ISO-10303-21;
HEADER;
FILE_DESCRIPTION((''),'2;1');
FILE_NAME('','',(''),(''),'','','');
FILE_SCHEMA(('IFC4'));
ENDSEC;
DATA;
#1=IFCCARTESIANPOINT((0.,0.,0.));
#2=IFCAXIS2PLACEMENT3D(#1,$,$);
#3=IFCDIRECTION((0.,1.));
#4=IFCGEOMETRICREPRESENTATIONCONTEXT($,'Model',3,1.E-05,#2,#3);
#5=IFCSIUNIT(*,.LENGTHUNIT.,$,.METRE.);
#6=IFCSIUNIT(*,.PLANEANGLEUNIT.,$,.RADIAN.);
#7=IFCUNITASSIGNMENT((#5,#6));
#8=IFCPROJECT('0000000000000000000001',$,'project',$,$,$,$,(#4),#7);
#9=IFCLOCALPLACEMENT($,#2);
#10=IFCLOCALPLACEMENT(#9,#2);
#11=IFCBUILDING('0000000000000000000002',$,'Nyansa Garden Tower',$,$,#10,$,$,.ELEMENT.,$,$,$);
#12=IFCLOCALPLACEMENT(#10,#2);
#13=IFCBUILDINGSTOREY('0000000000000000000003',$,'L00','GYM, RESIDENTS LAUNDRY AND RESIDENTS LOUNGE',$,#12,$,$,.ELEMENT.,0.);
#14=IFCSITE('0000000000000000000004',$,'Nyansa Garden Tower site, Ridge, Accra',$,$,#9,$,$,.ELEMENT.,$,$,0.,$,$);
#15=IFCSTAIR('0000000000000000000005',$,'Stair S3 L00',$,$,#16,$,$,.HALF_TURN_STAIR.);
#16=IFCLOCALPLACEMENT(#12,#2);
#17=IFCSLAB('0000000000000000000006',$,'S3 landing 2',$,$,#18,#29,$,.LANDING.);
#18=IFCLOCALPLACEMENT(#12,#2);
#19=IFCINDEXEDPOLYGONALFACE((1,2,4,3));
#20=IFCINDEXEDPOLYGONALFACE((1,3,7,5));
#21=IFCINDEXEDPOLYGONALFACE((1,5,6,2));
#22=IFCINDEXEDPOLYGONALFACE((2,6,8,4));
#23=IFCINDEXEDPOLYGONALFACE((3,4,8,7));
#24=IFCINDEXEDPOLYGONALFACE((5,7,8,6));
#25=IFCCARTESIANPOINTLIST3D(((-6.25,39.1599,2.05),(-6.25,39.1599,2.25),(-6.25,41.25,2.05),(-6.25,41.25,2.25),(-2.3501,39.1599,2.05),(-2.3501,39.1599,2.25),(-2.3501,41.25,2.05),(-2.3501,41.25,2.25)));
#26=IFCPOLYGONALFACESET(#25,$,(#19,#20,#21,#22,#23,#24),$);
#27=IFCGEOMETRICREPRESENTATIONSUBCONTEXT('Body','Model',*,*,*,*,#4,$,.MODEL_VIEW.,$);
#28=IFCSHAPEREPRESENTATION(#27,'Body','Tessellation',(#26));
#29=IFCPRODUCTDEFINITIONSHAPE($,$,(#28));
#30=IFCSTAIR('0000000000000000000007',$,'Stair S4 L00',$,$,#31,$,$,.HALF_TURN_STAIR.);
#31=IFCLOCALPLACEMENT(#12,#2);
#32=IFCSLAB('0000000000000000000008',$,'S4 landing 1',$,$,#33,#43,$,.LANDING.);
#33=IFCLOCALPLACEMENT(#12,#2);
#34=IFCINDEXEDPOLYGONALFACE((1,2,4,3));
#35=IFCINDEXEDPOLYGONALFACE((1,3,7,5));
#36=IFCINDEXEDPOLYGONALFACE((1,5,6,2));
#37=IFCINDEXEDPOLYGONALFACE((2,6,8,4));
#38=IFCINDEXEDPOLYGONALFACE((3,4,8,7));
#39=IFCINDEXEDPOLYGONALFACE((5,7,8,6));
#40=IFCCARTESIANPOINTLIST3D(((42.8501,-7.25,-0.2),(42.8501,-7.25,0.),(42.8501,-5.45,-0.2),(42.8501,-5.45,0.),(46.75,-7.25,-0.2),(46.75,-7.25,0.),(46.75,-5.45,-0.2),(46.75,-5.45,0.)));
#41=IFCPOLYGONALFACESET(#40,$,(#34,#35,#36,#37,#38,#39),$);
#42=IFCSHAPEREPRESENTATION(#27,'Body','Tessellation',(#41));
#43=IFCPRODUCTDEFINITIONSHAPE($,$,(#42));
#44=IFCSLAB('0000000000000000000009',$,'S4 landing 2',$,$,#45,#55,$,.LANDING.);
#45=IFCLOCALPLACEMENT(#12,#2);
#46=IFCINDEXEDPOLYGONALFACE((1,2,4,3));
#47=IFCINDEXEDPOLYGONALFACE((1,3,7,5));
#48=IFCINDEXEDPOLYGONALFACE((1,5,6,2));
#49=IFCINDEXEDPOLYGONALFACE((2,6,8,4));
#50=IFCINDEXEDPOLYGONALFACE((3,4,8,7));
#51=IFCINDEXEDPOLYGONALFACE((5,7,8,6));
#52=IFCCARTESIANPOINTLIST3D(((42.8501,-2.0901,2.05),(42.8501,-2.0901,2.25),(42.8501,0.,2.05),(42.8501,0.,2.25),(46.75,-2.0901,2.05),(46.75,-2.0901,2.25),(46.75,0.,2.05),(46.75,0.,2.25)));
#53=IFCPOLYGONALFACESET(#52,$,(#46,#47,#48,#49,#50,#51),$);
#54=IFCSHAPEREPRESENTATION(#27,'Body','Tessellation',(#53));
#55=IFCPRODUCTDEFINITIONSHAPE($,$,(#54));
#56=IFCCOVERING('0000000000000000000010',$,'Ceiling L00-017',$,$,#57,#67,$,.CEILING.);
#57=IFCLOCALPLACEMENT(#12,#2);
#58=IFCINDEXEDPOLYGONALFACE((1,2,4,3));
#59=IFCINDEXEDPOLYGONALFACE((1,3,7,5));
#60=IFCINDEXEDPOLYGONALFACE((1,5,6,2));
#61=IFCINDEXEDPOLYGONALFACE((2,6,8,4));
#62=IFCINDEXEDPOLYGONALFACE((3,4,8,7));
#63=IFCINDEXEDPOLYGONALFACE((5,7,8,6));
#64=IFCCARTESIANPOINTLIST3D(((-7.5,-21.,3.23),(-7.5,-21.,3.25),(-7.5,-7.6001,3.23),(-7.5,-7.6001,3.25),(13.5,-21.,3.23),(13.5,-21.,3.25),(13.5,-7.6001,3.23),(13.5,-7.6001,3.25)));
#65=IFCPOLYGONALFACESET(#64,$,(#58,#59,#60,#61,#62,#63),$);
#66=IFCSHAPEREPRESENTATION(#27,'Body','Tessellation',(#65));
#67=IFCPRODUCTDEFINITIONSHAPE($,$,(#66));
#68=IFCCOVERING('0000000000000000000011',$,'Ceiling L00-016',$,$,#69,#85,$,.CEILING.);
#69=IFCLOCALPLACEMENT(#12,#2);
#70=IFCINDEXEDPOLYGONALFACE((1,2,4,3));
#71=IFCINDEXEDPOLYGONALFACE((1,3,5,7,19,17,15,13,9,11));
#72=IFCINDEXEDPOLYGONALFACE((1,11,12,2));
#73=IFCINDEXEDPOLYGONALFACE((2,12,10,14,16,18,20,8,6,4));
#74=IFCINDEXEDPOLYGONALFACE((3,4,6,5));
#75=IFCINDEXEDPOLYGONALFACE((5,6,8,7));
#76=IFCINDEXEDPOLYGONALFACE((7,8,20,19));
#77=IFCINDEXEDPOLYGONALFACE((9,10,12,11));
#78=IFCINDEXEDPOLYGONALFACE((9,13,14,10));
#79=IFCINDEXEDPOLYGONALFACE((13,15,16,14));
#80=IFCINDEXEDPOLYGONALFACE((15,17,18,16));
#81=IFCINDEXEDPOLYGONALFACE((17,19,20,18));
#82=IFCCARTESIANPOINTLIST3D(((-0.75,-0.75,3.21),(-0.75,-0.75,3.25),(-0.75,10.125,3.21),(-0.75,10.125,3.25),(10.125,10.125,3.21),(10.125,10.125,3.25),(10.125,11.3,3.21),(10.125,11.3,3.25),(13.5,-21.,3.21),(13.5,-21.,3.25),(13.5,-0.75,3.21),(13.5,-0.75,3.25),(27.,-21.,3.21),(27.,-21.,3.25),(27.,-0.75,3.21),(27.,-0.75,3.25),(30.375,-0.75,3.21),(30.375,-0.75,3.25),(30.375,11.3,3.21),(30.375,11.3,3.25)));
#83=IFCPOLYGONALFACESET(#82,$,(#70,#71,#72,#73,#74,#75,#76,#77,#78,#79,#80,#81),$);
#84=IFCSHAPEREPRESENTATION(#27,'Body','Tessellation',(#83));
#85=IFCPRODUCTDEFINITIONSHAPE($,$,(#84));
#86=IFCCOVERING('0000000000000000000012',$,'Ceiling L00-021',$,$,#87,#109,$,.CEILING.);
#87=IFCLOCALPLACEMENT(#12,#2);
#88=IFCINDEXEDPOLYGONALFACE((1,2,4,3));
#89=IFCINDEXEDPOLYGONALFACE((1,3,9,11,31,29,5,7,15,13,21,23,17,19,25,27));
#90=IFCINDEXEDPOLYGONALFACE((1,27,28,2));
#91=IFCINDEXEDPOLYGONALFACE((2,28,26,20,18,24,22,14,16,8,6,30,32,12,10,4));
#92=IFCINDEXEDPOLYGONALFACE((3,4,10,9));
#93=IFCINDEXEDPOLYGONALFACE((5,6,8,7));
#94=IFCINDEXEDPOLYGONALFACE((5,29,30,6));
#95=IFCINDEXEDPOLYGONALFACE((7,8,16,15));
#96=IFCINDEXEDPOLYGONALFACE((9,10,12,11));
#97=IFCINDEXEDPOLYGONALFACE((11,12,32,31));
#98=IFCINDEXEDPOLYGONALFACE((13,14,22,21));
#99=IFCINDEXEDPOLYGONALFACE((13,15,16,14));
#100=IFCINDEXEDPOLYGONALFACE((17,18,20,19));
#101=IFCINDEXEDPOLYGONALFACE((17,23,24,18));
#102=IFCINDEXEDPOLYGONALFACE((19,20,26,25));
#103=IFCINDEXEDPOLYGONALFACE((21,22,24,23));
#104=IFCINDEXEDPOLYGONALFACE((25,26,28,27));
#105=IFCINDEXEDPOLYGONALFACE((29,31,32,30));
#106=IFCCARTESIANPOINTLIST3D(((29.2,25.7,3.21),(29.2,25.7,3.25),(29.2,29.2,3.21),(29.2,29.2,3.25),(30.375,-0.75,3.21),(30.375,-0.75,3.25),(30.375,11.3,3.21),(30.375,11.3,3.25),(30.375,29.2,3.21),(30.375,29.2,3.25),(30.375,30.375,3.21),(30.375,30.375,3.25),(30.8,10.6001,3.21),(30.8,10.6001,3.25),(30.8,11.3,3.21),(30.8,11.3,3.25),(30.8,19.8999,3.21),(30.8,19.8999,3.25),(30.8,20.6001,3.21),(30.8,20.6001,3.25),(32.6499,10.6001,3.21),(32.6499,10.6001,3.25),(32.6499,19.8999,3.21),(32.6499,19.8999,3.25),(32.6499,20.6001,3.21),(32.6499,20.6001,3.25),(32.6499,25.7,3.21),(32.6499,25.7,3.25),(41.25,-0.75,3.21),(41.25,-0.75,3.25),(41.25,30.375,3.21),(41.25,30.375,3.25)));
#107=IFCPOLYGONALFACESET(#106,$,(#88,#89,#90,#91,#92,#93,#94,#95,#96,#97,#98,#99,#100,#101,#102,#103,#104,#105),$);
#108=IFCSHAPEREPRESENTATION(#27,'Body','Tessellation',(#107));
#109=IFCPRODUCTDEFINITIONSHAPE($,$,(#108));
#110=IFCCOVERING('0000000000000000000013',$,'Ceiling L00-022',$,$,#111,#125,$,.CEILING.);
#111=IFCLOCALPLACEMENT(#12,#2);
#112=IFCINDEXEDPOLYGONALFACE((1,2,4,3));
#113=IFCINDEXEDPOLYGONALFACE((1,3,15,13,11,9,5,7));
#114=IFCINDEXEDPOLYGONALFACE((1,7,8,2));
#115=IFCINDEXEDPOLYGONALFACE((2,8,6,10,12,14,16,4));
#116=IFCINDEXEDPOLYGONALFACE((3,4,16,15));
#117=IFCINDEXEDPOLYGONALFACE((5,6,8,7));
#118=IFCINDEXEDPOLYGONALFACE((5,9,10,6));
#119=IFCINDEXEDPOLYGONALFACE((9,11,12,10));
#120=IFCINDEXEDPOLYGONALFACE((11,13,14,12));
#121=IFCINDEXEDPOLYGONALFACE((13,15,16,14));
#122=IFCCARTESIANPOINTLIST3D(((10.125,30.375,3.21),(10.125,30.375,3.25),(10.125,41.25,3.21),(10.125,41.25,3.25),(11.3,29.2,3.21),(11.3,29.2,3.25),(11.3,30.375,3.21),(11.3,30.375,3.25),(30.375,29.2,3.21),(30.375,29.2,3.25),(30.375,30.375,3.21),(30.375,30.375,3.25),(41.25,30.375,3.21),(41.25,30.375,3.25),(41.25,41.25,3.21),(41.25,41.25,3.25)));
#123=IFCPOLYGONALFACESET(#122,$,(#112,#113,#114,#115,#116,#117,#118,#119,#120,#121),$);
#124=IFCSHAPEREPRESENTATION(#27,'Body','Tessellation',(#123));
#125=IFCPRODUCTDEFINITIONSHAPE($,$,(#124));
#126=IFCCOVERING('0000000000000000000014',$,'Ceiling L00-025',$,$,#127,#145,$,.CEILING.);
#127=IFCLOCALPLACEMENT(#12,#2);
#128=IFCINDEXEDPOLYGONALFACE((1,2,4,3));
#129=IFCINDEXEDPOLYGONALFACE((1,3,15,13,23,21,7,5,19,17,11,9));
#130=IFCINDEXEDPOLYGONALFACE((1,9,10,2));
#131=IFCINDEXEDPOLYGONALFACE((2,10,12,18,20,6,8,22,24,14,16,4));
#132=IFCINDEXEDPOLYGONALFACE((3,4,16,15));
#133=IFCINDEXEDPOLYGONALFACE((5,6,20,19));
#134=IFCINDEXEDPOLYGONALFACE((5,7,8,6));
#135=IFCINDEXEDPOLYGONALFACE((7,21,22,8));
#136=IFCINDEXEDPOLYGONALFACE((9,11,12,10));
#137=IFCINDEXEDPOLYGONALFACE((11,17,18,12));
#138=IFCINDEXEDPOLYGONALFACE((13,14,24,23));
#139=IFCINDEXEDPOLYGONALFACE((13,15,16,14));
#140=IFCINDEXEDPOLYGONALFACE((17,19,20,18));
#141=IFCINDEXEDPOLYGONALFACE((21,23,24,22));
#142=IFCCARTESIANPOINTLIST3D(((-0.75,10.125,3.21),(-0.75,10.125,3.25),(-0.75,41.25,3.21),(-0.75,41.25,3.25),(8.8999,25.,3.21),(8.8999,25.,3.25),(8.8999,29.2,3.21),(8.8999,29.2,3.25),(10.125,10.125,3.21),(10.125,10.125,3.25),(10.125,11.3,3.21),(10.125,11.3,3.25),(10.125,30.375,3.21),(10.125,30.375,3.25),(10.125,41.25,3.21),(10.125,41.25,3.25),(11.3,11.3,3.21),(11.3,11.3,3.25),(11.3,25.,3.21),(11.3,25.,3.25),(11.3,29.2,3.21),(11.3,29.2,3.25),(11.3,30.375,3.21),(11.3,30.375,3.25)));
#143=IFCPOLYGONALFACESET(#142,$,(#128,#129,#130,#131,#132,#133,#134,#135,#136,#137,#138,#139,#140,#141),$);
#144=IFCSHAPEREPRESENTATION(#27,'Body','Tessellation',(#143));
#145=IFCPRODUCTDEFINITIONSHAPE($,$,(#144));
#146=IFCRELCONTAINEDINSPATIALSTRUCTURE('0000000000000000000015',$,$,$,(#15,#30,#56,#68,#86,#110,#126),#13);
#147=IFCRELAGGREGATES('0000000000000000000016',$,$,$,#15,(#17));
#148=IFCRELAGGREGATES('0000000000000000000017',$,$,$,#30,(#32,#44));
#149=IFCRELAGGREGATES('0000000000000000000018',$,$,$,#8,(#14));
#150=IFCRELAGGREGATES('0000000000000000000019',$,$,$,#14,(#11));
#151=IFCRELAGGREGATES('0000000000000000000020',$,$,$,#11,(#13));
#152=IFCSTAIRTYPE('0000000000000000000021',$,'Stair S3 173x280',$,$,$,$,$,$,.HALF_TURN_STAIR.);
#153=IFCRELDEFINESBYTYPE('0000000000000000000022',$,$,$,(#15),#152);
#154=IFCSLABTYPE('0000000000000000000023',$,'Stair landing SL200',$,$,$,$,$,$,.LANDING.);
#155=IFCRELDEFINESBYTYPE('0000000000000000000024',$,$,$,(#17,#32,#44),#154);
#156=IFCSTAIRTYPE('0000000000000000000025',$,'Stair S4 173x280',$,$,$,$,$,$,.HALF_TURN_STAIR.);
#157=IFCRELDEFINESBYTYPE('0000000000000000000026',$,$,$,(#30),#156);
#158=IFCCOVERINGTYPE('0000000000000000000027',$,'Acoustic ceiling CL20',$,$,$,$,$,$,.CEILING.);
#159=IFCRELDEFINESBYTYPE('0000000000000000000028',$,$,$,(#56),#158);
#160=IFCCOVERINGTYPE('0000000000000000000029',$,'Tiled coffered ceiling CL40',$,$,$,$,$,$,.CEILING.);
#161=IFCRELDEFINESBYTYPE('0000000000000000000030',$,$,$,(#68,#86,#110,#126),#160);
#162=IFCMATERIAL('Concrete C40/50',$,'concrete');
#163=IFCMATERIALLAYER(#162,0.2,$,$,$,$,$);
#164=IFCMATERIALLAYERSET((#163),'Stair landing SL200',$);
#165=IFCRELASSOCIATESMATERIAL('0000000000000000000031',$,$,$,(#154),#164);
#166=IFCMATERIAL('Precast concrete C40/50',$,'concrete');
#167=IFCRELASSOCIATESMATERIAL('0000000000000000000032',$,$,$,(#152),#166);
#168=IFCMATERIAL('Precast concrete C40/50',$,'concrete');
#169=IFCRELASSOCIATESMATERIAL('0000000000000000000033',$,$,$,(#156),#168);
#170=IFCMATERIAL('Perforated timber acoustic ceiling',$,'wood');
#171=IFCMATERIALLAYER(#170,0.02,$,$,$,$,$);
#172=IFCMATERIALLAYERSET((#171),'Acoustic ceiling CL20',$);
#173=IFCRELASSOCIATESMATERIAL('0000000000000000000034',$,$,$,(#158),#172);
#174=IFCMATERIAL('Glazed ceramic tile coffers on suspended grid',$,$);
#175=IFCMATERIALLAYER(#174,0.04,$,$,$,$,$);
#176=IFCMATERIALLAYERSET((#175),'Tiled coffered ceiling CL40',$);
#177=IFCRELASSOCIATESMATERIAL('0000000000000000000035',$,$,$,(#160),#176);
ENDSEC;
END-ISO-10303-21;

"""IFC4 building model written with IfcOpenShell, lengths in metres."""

from ifc_helpers import new_model, si_unit, direction, frame, origin, place, context, subcontext, project, spatial, polyline, outline, extrude, material, layer, layer_set, type_object, element, aggregate, save


model = new_model("IFC4")

# Units and contexts
model_context = context("Model", 3, precision=1e-05, world=origin(), true_north=direction((0.0, 1.0)))
body_context = subcontext(model_context, "Body", "Model", "MODEL_VIEW")
ifc_project = project(units=[si_unit("LENGTHUNIT", "METRE"), si_unit("PLANEANGLEUNIT", "RADIAN")], contexts=[model_context])

# Site, building, storey
site_placement = place(None, origin())
site = spatial("IfcSite", under=ifc_project, at=site_placement, Name="Nyansa Garden Tower site, Ridge, Accra", CompositionType="ELEMENT", RefElevation=0.0)
building_placement = place(site_placement, origin())
building = spatial("IfcBuilding", under=site, at=building_placement, Name="Nyansa Garden Tower", CompositionType="ELEMENT")
storey_placement = place(building_placement, origin())
storey = spatial("IfcBuildingStorey", under=building, at=storey_placement, Name="L00", Description="GYM, RESIDENTS LAUNDRY AND RESIDENTS LOUNGE", CompositionType="ELEMENT", Elevation=0.0)

# Stairs, slabs
ifc_material_1 = material(Name="Concrete C40/50", Category="concrete")
ifc_layer_1 = layer(ifc_material_1, 0.2)
ifc_layer_set_1 = layer_set([ifc_layer_1], Name="Stair landing SL200")
slab_type_1 = type_object("IfcSlabType", Name="Stair landing SL200", PredefinedType="LANDING", material=ifc_layer_set_1)
ifc_material_2 = material(Name="Precast concrete C40/50", Category="concrete")
stair_type_1 = type_object("IfcStairType", Name="Stair S3 173x280", PredefinedType="HALF_TURN_STAIR", material=ifc_material_2)
stair_1_placement = place(storey_placement, origin())
stair_1 = element("IfcStair", 1, at=stair_1_placement, inside=storey, type_object=stair_type_1, Name="Stair S3 L00", PredefinedType="HALF_TURN_STAIR")
slab_1_placement = place(storey_placement, frame((0.0, 0.0, 2.05)))
slab_1 = element("IfcSlab", 2, at=slab_1_placement, type_object=slab_type_1, Name="S3 landing 2", PredefinedType="LANDING", context=body_context, shape_type="SweptSolid", body=[
    extrude(outline(polyline([(-6.25, 39.1599), (-2.3501, 39.1599), (-2.3501, 41.25), (-6.25, 41.25), (-6.25, 39.1599)])), origin(), (0.0, 0.0, 1.0), 0.2),
])
aggregate(stair_1, [slab_1])
ifc_material_3 = material(Name="Precast concrete C40/50", Category="concrete")
stair_type_2 = type_object("IfcStairType", Name="Stair S4 173x280", PredefinedType="HALF_TURN_STAIR", material=ifc_material_3)
stair_2_placement = place(storey_placement, origin())
stair_2 = element("IfcStair", 3, at=stair_2_placement, inside=storey, type_object=stair_type_2, Name="Stair S4 L00", PredefinedType="HALF_TURN_STAIR")
slab_2_placement = place(storey_placement, frame((0.0, 0.0, -0.2)))
slab_2 = element("IfcSlab", 4, at=slab_2_placement, type_object=slab_type_1, Name="S4 landing 1", PredefinedType="LANDING", context=body_context, shape_type="SweptSolid", body=[
    extrude(outline(polyline([(42.8501, -7.25), (46.75, -7.25), (46.75, -5.45), (42.8501, -5.45), (42.8501, -7.25)])), origin(), (0.0, 0.0, 1.0), 0.2),
])
slab_3_placement = place(storey_placement, frame((0.0, 0.0, 2.05)))
slab_3 = element("IfcSlab", 5, at=slab_3_placement, type_object=slab_type_1, Name="S4 landing 2", PredefinedType="LANDING", context=body_context, shape_type="SweptSolid", body=[
    extrude(outline(polyline([(42.8501, -2.0901), (46.75, -2.0901), (46.75, 0.0), (42.8501, 0.0), (42.8501, -2.0901)])), origin(), (0.0, 0.0, 1.0), 0.2),
])
aggregate(stair_2, [slab_2, slab_3])

# Coverings
ifc_material_4 = material(Name="Perforated timber acoustic ceiling", Category="wood")
ifc_layer_2 = layer(ifc_material_4, 0.02)
ifc_layer_set_2 = layer_set([ifc_layer_2], Name="Acoustic ceiling CL20")
covering_type_1 = type_object("IfcCoveringType", Name="Acoustic ceiling CL20", PredefinedType="CEILING", material=ifc_layer_set_2)
covering_1_placement = place(storey_placement, frame((0.0, 0.0, 3.23)))
element("IfcCovering", 6, at=covering_1_placement, inside=storey, type_object=covering_type_1, Name="Ceiling L00-017", PredefinedType="CEILING", context=body_context, shape_type="SweptSolid", body=[
    extrude(outline(polyline([(13.5, -7.6001), (13.5, -21.0), (-7.5, -21.0), (-7.5, -7.6001), (13.5, -7.6001)])), origin(), (0.0, 0.0, 1.0), 0.02),
])
ifc_material_5 = material(Name="Glazed ceramic tile coffers on suspended grid")
ifc_layer_3 = layer(ifc_material_5, 0.04)
ifc_layer_set_3 = layer_set([ifc_layer_3], Name="Tiled coffered ceiling CL40")
covering_type_2 = type_object("IfcCoveringType", Name="Tiled coffered ceiling CL40", PredefinedType="CEILING", material=ifc_layer_set_3)
covering_2_placement = place(storey_placement, frame((0.0, 0.0, 3.21)))
element("IfcCovering", 7, at=covering_2_placement, inside=storey, type_object=covering_type_2, Name="Ceiling L00-016", PredefinedType="CEILING", context=body_context, shape_type="SweptSolid", body=[
    extrude(outline(polyline([(13.5, -0.75), (-0.75, -0.75), (-0.75, 10.125), (10.125, 10.125), (10.125, 11.3), (30.375, 11.3), (30.375, -0.75), (27.0, -0.75), (27.0, -21.0), (13.5, -21.0), (13.5, -0.75)])), origin(), (0.0, 0.0, 1.0), 0.04),
])
covering_3_placement = place(storey_placement, frame((0.0, 0.0, 3.21)))
element("IfcCovering", 8, at=covering_3_placement, inside=storey, type_object=covering_type_2, Name="Ceiling L00-021", PredefinedType="CEILING", context=body_context, shape_type="SweptSolid", body=[
    extrude(outline(polyline([(30.8, 11.3), (30.8, 10.6001), (32.6499, 10.6001), (32.6499, 19.8999), (30.8, 19.8999), (30.8, 20.6001), (32.6499, 20.6001), (32.6499, 25.7), (29.2, 25.7), (29.2, 29.2), (30.375, 29.2), (30.375, 30.375), (41.25, 30.375), (41.25, -0.75), (30.375, -0.75), (30.375, 11.3), (30.8, 11.3)])), origin(), (0.0, 0.0, 1.0), 0.04),
])
covering_4_placement = place(storey_placement, frame((0.0, 0.0, 3.21)))
element("IfcCovering", 9, at=covering_4_placement, inside=storey, type_object=covering_type_2, Name="Ceiling L00-022", PredefinedType="CEILING", context=body_context, shape_type="SweptSolid", body=[
    extrude(outline(polyline([(41.25, 41.25), (41.25, 30.375), (30.375, 30.375), (30.375, 29.2), (11.3, 29.2), (11.3, 30.375), (10.125, 30.375), (10.125, 41.25), (41.25, 41.25)])), origin(), (0.0, 0.0, 1.0), 0.04),
])
covering_5_placement = place(storey_placement, frame((0.0, 0.0, 3.21)))
element("IfcCovering", 10, at=covering_5_placement, inside=storey, type_object=covering_type_2, Name="Ceiling L00-025", PredefinedType="CEILING", context=body_context, shape_type="SweptSolid", body=[
    extrude(outline(polyline([(10.125, 41.25), (10.125, 30.375), (11.3, 30.375), (11.3, 29.2), (8.8999, 29.2), (8.8999, 25.0), (11.3, 25.0), (11.3, 11.3), (10.125, 11.3), (10.125, 10.125), (-0.75, 10.125), (-0.75, 41.25), (10.125, 41.25)])), origin(), (0.0, 0.0, 1.0), 0.04),
])

save(model, "model.ifc")
